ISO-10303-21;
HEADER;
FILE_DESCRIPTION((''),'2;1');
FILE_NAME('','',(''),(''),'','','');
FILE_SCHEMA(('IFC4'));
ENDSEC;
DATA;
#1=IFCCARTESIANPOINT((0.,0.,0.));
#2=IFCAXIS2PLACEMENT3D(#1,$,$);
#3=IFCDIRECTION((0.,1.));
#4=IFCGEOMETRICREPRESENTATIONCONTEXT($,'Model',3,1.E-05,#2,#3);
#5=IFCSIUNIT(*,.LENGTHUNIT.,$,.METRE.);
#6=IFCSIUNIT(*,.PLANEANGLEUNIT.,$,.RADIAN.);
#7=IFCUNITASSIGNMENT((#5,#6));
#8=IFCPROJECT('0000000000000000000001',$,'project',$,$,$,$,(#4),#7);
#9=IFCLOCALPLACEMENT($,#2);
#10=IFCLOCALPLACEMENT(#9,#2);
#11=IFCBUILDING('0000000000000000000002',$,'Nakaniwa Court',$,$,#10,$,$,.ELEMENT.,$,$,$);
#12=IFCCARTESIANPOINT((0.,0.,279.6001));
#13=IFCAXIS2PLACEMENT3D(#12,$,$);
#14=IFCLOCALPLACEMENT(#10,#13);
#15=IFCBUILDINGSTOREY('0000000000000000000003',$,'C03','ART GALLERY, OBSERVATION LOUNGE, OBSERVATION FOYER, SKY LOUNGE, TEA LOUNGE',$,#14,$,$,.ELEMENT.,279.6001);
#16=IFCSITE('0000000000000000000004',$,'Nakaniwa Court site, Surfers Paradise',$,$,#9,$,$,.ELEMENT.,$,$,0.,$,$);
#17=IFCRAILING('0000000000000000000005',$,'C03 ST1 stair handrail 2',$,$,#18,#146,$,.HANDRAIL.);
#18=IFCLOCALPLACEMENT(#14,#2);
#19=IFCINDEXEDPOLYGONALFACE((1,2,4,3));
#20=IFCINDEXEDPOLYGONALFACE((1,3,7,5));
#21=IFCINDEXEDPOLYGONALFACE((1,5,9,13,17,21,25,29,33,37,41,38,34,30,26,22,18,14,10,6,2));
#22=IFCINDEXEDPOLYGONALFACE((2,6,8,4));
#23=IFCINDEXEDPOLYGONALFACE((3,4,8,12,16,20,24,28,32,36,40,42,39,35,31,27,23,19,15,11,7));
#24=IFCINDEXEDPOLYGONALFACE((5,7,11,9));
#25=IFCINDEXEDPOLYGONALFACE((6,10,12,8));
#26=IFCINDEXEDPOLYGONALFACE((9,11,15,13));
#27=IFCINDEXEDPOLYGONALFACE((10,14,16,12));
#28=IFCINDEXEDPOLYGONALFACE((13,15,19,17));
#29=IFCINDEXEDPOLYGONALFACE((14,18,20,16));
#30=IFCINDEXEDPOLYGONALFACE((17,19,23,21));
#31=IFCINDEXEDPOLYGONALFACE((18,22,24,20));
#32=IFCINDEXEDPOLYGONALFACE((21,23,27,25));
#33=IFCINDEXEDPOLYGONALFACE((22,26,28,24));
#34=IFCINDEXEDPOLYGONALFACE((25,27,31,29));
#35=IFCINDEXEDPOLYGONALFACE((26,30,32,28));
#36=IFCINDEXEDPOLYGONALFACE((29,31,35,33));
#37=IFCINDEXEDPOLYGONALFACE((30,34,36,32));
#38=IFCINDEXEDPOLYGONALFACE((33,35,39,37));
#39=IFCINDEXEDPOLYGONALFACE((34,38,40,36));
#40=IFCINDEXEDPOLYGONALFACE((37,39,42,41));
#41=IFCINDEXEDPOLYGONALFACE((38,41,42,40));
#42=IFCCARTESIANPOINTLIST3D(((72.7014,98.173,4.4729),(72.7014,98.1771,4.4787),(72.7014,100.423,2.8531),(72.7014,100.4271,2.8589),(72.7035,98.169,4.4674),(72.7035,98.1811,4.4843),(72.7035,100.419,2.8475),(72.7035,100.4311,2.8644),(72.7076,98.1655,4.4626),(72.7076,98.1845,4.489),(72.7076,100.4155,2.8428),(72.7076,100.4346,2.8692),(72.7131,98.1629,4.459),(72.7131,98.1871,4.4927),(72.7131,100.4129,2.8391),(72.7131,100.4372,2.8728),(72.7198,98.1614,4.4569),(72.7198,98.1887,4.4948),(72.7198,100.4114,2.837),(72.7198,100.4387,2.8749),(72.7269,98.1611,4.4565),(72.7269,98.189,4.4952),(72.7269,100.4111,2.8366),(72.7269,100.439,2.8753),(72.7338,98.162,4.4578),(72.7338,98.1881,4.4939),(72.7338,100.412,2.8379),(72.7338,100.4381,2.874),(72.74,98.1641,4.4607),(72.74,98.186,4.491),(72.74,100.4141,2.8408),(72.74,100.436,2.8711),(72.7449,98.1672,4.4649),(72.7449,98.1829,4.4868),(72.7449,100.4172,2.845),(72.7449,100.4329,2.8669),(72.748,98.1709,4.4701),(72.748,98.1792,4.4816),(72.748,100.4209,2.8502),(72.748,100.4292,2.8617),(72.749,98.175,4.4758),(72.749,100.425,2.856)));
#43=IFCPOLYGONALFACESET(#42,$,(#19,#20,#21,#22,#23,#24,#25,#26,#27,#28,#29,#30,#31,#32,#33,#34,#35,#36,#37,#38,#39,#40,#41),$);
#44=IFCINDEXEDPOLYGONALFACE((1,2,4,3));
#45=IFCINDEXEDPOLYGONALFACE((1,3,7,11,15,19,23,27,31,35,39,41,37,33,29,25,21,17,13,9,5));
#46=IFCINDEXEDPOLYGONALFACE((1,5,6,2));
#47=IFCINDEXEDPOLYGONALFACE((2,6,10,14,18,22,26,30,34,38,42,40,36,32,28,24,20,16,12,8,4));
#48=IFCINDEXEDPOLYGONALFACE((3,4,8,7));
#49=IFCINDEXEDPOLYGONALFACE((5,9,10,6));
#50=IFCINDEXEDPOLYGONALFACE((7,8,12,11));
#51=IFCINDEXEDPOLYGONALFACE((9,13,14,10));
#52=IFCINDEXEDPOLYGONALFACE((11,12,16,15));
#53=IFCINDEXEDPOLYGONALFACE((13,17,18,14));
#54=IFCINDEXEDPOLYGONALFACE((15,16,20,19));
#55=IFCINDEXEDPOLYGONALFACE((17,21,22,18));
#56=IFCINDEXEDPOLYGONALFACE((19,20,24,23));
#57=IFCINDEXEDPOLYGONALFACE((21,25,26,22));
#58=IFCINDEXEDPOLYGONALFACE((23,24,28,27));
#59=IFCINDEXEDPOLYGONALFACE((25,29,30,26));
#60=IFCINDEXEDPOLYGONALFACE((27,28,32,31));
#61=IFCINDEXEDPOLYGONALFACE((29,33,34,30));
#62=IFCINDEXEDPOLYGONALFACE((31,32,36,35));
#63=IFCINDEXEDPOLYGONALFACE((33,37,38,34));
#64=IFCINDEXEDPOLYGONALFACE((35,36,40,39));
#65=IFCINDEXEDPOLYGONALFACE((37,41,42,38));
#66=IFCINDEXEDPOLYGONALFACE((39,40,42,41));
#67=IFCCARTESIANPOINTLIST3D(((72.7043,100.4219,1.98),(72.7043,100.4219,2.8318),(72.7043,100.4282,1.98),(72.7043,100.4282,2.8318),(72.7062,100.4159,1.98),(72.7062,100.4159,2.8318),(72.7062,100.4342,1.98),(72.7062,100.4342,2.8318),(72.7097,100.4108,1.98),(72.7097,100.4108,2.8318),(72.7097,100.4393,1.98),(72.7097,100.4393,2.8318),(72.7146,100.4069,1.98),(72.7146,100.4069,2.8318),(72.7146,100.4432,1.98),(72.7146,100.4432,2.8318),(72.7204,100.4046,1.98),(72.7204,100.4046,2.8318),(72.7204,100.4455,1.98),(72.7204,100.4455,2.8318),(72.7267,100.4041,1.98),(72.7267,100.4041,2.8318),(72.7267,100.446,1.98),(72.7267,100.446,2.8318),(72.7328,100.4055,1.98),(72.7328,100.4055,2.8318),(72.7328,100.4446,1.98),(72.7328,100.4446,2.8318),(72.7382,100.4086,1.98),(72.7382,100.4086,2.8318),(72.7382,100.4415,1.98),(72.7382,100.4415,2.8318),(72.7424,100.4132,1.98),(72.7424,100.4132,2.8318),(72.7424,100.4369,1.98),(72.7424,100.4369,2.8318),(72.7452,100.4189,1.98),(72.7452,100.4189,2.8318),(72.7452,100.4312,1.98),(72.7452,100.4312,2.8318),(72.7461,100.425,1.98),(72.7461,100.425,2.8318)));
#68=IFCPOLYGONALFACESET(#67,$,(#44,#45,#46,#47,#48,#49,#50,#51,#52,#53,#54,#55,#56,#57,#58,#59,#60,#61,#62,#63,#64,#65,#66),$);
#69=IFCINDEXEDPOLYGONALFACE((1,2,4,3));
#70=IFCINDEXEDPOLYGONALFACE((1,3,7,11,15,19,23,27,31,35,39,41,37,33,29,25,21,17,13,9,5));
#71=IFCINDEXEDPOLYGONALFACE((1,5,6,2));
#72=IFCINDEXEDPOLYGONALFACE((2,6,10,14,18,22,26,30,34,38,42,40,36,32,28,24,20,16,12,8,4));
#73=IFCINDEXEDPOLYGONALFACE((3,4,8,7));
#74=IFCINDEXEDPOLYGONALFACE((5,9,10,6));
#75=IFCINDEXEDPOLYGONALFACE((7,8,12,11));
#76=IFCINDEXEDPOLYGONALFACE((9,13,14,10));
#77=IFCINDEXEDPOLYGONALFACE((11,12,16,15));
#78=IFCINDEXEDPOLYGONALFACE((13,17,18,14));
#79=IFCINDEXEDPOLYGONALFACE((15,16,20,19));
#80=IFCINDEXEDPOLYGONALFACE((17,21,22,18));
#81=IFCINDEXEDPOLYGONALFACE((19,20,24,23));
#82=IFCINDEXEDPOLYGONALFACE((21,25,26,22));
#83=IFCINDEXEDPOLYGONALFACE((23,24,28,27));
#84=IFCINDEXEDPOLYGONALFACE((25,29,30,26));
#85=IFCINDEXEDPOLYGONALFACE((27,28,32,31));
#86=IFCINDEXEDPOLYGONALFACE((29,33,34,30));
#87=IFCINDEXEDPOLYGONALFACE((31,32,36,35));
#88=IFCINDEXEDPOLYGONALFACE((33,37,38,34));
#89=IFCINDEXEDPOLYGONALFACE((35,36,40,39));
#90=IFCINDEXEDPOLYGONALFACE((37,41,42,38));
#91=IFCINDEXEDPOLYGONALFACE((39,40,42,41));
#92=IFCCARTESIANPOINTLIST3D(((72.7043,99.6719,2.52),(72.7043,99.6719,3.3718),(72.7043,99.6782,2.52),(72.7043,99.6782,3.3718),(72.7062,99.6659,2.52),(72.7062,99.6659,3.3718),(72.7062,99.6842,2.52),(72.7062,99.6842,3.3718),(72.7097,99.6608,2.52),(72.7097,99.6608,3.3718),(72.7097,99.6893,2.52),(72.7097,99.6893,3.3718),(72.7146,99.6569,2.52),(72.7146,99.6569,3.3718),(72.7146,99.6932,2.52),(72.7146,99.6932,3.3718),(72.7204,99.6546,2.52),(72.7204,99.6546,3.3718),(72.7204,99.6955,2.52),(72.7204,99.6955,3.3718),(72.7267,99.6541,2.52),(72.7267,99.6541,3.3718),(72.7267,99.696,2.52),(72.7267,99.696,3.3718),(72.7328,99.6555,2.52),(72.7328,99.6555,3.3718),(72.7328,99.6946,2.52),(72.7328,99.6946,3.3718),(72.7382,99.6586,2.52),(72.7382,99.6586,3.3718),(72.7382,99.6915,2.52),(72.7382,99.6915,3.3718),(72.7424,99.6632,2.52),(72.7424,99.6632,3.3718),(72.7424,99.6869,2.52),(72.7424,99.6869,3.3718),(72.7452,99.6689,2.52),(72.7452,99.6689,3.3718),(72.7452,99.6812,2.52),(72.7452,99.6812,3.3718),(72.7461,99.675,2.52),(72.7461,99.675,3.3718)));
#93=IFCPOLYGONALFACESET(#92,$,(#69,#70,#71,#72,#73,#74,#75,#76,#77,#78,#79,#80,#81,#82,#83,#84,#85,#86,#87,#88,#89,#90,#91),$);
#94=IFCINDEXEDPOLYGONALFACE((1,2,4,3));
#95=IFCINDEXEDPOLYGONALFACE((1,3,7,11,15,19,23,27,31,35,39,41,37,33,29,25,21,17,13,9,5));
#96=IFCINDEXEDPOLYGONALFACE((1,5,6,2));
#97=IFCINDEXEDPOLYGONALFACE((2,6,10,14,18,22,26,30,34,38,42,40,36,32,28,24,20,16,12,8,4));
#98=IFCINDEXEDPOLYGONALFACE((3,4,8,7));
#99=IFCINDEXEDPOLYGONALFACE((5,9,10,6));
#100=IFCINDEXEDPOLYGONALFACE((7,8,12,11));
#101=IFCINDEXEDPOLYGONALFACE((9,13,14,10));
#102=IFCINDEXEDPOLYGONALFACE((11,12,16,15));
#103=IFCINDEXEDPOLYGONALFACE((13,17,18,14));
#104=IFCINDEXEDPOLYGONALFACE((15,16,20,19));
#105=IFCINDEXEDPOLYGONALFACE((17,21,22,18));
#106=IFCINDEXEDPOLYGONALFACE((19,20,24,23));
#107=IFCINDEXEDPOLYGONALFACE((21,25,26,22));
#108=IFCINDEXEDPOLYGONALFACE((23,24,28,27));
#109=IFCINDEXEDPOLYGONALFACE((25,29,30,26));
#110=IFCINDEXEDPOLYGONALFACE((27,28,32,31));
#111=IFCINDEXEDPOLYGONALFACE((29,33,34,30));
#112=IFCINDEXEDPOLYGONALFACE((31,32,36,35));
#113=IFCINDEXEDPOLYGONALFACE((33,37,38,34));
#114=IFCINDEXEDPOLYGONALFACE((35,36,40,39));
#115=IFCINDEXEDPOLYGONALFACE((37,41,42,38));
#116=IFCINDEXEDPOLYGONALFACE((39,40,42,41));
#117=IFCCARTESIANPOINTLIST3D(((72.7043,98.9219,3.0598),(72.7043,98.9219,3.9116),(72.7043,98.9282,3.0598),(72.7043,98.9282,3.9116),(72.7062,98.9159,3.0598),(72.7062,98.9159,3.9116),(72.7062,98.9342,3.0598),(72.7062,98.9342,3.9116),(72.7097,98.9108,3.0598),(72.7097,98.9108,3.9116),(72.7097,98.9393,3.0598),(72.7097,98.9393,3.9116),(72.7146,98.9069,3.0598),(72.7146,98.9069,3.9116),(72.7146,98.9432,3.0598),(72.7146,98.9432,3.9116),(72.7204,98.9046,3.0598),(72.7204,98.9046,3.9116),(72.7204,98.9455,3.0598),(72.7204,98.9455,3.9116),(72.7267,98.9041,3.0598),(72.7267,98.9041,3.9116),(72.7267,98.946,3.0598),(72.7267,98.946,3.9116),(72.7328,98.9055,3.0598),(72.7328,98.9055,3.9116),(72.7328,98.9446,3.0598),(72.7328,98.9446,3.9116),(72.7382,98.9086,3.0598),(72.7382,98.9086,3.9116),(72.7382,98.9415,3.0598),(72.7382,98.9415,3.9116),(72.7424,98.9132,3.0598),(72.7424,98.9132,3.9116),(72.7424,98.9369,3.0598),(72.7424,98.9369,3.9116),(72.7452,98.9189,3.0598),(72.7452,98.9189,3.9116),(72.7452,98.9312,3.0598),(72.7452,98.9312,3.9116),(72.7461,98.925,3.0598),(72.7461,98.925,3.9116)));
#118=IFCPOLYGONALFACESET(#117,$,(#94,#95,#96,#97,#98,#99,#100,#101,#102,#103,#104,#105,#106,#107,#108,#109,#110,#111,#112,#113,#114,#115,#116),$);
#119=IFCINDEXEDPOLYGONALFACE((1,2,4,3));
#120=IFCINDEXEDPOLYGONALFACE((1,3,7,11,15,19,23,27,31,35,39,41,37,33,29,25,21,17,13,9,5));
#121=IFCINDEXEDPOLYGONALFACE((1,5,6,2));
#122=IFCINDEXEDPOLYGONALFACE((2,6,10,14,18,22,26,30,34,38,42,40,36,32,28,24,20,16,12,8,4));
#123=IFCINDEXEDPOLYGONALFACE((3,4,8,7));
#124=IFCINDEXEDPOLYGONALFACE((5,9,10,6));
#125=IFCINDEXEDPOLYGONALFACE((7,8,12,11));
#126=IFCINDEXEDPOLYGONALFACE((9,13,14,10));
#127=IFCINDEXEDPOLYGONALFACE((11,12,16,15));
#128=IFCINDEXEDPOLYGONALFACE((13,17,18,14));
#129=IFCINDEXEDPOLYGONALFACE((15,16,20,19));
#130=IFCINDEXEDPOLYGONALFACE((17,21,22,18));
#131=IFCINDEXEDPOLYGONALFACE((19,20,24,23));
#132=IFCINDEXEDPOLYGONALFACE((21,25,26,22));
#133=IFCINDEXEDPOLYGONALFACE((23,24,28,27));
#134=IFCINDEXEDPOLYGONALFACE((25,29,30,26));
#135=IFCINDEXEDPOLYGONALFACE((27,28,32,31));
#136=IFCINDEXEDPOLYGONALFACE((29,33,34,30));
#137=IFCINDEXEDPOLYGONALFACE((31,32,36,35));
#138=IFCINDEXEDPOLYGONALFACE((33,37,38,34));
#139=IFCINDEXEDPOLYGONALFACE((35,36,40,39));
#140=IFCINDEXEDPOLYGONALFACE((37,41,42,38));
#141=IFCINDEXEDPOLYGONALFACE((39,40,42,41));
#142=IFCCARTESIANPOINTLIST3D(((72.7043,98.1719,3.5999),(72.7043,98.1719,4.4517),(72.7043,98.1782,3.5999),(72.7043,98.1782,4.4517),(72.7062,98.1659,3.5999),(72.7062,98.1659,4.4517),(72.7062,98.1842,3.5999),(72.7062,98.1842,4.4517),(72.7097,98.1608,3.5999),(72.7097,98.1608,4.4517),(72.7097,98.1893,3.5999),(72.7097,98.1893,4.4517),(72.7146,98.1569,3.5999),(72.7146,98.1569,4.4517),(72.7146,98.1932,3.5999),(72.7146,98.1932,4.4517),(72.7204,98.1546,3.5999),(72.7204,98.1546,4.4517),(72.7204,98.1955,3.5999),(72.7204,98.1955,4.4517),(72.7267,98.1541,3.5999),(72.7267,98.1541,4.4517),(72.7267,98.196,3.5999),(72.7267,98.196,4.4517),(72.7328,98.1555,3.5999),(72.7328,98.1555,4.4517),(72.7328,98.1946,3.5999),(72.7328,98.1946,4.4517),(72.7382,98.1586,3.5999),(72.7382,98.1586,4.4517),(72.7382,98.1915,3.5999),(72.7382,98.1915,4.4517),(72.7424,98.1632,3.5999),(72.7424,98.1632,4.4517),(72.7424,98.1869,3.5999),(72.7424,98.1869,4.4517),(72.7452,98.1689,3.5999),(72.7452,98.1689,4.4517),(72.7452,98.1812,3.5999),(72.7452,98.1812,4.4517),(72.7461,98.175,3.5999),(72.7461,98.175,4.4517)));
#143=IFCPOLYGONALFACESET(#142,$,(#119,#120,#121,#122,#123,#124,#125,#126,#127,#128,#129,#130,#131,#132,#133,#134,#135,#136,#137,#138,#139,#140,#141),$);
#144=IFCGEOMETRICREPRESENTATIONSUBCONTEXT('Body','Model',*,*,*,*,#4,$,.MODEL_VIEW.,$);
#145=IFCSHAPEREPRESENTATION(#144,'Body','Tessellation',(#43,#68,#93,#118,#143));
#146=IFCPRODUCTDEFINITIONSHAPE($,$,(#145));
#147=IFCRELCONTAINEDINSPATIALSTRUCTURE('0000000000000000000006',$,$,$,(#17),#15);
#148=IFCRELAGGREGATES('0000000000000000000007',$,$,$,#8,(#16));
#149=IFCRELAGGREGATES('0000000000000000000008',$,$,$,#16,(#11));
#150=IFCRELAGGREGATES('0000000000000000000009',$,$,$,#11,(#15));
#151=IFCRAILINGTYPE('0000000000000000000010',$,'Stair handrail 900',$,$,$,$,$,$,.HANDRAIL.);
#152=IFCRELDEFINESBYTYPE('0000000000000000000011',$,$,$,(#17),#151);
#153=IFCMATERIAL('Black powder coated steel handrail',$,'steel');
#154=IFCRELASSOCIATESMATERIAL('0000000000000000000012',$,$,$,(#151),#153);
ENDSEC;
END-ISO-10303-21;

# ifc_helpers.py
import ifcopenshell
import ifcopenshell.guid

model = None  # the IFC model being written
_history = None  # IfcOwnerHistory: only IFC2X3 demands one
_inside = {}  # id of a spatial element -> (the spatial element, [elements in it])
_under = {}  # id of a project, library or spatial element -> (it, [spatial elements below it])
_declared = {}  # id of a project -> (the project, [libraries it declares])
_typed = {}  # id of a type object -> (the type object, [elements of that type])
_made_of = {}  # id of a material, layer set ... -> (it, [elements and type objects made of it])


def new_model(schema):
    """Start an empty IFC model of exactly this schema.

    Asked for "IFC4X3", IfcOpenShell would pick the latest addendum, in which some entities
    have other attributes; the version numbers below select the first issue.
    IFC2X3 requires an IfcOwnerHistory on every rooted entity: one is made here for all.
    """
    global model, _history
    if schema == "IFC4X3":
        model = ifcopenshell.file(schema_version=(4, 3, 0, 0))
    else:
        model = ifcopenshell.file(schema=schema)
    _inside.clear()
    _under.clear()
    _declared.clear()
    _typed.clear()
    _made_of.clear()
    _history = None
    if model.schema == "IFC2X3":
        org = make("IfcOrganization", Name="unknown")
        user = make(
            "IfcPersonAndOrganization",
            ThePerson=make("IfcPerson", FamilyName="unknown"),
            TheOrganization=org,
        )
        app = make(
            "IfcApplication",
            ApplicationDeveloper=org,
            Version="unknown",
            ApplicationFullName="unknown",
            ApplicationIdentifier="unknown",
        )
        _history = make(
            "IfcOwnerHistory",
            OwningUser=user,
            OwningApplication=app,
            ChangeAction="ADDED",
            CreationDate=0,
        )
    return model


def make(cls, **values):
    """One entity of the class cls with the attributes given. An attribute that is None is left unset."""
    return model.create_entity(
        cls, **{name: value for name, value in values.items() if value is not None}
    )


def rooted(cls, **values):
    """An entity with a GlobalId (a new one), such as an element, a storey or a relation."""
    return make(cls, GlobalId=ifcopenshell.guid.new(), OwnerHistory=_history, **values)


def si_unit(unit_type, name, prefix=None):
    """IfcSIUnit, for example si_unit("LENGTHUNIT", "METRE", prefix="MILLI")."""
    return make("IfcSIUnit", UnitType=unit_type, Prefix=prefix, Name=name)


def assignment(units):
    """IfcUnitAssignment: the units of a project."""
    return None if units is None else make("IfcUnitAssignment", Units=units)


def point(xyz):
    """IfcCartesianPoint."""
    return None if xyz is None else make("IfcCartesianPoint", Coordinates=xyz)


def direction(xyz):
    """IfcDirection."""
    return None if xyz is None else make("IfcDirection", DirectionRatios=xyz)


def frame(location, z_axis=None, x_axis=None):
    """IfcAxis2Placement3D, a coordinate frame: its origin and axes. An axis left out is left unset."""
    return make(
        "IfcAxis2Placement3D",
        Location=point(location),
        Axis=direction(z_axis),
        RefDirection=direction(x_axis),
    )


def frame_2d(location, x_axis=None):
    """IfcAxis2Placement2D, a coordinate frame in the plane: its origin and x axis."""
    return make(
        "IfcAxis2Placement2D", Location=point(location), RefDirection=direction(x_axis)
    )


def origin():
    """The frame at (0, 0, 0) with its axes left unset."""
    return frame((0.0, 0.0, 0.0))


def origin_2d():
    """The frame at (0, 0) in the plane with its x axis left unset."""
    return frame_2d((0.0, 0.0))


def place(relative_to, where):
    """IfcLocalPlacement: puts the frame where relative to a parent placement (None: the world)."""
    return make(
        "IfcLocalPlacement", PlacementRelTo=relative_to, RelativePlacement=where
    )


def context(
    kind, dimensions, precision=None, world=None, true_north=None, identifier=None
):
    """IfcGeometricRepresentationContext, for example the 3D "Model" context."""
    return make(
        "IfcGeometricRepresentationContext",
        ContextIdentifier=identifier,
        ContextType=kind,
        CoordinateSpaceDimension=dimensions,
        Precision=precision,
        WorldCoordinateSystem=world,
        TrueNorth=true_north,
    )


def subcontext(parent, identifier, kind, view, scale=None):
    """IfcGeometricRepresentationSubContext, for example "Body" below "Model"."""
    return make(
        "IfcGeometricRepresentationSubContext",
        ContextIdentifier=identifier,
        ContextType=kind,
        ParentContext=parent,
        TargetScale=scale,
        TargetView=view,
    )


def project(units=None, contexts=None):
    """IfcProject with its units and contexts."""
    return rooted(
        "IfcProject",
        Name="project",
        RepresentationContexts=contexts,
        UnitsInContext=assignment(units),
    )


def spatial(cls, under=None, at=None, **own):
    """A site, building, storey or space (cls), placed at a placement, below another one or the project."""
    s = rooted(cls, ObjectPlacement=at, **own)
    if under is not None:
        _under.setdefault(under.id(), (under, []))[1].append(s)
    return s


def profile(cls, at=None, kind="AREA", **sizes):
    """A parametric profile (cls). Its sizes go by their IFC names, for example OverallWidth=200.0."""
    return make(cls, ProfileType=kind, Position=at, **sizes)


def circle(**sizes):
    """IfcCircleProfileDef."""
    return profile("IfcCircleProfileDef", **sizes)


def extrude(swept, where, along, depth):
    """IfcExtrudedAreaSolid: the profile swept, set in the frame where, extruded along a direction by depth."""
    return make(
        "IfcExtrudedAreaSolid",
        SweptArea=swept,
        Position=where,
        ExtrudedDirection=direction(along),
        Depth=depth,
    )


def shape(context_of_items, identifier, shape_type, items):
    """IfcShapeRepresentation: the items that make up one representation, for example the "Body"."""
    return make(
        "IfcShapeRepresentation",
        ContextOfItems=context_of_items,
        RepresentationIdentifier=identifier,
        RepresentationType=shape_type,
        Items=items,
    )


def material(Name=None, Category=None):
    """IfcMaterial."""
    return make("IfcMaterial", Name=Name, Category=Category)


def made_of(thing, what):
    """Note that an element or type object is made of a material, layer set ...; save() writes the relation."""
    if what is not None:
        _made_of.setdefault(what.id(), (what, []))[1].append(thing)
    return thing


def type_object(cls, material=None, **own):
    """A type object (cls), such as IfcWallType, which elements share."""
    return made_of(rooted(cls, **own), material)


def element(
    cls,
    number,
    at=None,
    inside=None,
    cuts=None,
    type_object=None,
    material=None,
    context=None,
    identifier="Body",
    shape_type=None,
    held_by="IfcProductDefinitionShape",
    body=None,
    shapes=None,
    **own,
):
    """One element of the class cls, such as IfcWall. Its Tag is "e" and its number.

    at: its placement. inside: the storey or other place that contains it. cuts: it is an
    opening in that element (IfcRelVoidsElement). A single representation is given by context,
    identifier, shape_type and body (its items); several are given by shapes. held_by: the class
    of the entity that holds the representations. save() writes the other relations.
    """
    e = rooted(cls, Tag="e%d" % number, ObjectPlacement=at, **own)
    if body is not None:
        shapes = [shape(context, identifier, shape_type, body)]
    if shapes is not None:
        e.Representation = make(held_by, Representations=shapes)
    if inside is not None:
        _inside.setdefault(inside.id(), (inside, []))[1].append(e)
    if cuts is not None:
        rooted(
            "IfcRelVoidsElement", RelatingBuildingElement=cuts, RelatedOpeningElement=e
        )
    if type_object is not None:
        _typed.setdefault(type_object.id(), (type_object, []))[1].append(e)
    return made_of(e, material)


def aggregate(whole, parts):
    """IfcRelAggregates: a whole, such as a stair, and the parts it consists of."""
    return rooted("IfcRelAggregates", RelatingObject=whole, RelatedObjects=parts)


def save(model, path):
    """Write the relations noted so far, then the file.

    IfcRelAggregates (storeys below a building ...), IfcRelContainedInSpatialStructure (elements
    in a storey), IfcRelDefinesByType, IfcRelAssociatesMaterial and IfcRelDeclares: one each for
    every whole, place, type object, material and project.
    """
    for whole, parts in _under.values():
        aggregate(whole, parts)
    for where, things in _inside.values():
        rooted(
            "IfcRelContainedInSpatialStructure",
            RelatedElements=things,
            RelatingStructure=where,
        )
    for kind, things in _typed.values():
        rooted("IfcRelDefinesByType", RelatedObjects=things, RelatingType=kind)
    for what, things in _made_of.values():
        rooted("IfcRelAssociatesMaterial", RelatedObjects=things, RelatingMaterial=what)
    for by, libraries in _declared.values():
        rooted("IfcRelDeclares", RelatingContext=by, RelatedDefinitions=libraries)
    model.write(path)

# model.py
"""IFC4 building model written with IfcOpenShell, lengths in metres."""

from ifc_helpers import new_model, si_unit, direction, frame, origin, origin_2d, place, context, subcontext, project, spatial, circle, extrude, material, type_object, element, save


model = new_model("IFC4")

# Units and contexts
model_context = context("Model", 3, precision=1e-05, world=origin(), true_north=direction((0.0, 1.0)))
body_context = subcontext(model_context, "Body", "Model", "MODEL_VIEW")
ifc_project = project(units=[si_unit("LENGTHUNIT", "METRE"), si_unit("PLANEANGLEUNIT", "RADIAN")], contexts=[model_context])

# Site, building, storey
site_placement = place(None, origin())
site = spatial("IfcSite", under=ifc_project, at=site_placement, Name="Nakaniwa Court site, Surfers Paradise", CompositionType="ELEMENT", RefElevation=0.0)
building_placement = place(site_placement, origin())
building = spatial("IfcBuilding", under=site, at=building_placement, Name="Nakaniwa Court", CompositionType="ELEMENT")
storey_placement = place(building_placement, frame((0.0, 0.0, 279.6001)))
storey = spatial("IfcBuildingStorey", under=building, at=storey_placement, Name="C03", Description="ART GALLERY, OBSERVATION LOUNGE, OBSERVATION FOYER, SKY LOUNGE, TEA LOUNGE", CompositionType="ELEMENT", Elevation=279.6001)

# Railing
ifc_material_1 = material(Name="Black powder coated steel handrail", Category="steel")
railing_type_1 = type_object("IfcRailingType", Name="Stair handrail 900", PredefinedType="HANDRAIL", material=ifc_material_1)
railing_1_placement = place(storey_placement, frame((72.7251, 100.425, 1.98)))
element("IfcRailing", 1, at=railing_1_placement, inside=storey, type_object=railing_type_1, Name="C03 ST1 stair handrail 2", PredefinedType="HANDRAIL", context=body_context, shape_type="SweptSolid", body=[
    extrude(circle(Radius=0.0239, at=origin_2d()), frame((0.0, 0.0, 0.876), z_axis=(0.0, -0.811556, 0.584275), x_axis=(1.0, 0.0, 0.0)), (0.0, 0.0, 1.0), 2.7725),
    extrude(circle(Radius=0.021, at=origin_2d()), origin(), (0.0, 0.0, 1.0), 0.8518),
    extrude(circle(Radius=0.021, at=origin_2d()), frame((0.0, -0.75, 0.54)), (0.0, 0.0, 1.0), 0.8518),
    extrude(circle(Radius=0.021, at=origin_2d()), frame((0.0, -1.5, 1.0798)), (0.0, 0.0, 1.0), 0.8518),
    extrude(circle(Radius=0.021, at=origin_2d()), frame((0.0, -2.25, 1.6199)), (0.0, 0.0, 1.0), 0.8518),
])

save(model, "model.ifc")
